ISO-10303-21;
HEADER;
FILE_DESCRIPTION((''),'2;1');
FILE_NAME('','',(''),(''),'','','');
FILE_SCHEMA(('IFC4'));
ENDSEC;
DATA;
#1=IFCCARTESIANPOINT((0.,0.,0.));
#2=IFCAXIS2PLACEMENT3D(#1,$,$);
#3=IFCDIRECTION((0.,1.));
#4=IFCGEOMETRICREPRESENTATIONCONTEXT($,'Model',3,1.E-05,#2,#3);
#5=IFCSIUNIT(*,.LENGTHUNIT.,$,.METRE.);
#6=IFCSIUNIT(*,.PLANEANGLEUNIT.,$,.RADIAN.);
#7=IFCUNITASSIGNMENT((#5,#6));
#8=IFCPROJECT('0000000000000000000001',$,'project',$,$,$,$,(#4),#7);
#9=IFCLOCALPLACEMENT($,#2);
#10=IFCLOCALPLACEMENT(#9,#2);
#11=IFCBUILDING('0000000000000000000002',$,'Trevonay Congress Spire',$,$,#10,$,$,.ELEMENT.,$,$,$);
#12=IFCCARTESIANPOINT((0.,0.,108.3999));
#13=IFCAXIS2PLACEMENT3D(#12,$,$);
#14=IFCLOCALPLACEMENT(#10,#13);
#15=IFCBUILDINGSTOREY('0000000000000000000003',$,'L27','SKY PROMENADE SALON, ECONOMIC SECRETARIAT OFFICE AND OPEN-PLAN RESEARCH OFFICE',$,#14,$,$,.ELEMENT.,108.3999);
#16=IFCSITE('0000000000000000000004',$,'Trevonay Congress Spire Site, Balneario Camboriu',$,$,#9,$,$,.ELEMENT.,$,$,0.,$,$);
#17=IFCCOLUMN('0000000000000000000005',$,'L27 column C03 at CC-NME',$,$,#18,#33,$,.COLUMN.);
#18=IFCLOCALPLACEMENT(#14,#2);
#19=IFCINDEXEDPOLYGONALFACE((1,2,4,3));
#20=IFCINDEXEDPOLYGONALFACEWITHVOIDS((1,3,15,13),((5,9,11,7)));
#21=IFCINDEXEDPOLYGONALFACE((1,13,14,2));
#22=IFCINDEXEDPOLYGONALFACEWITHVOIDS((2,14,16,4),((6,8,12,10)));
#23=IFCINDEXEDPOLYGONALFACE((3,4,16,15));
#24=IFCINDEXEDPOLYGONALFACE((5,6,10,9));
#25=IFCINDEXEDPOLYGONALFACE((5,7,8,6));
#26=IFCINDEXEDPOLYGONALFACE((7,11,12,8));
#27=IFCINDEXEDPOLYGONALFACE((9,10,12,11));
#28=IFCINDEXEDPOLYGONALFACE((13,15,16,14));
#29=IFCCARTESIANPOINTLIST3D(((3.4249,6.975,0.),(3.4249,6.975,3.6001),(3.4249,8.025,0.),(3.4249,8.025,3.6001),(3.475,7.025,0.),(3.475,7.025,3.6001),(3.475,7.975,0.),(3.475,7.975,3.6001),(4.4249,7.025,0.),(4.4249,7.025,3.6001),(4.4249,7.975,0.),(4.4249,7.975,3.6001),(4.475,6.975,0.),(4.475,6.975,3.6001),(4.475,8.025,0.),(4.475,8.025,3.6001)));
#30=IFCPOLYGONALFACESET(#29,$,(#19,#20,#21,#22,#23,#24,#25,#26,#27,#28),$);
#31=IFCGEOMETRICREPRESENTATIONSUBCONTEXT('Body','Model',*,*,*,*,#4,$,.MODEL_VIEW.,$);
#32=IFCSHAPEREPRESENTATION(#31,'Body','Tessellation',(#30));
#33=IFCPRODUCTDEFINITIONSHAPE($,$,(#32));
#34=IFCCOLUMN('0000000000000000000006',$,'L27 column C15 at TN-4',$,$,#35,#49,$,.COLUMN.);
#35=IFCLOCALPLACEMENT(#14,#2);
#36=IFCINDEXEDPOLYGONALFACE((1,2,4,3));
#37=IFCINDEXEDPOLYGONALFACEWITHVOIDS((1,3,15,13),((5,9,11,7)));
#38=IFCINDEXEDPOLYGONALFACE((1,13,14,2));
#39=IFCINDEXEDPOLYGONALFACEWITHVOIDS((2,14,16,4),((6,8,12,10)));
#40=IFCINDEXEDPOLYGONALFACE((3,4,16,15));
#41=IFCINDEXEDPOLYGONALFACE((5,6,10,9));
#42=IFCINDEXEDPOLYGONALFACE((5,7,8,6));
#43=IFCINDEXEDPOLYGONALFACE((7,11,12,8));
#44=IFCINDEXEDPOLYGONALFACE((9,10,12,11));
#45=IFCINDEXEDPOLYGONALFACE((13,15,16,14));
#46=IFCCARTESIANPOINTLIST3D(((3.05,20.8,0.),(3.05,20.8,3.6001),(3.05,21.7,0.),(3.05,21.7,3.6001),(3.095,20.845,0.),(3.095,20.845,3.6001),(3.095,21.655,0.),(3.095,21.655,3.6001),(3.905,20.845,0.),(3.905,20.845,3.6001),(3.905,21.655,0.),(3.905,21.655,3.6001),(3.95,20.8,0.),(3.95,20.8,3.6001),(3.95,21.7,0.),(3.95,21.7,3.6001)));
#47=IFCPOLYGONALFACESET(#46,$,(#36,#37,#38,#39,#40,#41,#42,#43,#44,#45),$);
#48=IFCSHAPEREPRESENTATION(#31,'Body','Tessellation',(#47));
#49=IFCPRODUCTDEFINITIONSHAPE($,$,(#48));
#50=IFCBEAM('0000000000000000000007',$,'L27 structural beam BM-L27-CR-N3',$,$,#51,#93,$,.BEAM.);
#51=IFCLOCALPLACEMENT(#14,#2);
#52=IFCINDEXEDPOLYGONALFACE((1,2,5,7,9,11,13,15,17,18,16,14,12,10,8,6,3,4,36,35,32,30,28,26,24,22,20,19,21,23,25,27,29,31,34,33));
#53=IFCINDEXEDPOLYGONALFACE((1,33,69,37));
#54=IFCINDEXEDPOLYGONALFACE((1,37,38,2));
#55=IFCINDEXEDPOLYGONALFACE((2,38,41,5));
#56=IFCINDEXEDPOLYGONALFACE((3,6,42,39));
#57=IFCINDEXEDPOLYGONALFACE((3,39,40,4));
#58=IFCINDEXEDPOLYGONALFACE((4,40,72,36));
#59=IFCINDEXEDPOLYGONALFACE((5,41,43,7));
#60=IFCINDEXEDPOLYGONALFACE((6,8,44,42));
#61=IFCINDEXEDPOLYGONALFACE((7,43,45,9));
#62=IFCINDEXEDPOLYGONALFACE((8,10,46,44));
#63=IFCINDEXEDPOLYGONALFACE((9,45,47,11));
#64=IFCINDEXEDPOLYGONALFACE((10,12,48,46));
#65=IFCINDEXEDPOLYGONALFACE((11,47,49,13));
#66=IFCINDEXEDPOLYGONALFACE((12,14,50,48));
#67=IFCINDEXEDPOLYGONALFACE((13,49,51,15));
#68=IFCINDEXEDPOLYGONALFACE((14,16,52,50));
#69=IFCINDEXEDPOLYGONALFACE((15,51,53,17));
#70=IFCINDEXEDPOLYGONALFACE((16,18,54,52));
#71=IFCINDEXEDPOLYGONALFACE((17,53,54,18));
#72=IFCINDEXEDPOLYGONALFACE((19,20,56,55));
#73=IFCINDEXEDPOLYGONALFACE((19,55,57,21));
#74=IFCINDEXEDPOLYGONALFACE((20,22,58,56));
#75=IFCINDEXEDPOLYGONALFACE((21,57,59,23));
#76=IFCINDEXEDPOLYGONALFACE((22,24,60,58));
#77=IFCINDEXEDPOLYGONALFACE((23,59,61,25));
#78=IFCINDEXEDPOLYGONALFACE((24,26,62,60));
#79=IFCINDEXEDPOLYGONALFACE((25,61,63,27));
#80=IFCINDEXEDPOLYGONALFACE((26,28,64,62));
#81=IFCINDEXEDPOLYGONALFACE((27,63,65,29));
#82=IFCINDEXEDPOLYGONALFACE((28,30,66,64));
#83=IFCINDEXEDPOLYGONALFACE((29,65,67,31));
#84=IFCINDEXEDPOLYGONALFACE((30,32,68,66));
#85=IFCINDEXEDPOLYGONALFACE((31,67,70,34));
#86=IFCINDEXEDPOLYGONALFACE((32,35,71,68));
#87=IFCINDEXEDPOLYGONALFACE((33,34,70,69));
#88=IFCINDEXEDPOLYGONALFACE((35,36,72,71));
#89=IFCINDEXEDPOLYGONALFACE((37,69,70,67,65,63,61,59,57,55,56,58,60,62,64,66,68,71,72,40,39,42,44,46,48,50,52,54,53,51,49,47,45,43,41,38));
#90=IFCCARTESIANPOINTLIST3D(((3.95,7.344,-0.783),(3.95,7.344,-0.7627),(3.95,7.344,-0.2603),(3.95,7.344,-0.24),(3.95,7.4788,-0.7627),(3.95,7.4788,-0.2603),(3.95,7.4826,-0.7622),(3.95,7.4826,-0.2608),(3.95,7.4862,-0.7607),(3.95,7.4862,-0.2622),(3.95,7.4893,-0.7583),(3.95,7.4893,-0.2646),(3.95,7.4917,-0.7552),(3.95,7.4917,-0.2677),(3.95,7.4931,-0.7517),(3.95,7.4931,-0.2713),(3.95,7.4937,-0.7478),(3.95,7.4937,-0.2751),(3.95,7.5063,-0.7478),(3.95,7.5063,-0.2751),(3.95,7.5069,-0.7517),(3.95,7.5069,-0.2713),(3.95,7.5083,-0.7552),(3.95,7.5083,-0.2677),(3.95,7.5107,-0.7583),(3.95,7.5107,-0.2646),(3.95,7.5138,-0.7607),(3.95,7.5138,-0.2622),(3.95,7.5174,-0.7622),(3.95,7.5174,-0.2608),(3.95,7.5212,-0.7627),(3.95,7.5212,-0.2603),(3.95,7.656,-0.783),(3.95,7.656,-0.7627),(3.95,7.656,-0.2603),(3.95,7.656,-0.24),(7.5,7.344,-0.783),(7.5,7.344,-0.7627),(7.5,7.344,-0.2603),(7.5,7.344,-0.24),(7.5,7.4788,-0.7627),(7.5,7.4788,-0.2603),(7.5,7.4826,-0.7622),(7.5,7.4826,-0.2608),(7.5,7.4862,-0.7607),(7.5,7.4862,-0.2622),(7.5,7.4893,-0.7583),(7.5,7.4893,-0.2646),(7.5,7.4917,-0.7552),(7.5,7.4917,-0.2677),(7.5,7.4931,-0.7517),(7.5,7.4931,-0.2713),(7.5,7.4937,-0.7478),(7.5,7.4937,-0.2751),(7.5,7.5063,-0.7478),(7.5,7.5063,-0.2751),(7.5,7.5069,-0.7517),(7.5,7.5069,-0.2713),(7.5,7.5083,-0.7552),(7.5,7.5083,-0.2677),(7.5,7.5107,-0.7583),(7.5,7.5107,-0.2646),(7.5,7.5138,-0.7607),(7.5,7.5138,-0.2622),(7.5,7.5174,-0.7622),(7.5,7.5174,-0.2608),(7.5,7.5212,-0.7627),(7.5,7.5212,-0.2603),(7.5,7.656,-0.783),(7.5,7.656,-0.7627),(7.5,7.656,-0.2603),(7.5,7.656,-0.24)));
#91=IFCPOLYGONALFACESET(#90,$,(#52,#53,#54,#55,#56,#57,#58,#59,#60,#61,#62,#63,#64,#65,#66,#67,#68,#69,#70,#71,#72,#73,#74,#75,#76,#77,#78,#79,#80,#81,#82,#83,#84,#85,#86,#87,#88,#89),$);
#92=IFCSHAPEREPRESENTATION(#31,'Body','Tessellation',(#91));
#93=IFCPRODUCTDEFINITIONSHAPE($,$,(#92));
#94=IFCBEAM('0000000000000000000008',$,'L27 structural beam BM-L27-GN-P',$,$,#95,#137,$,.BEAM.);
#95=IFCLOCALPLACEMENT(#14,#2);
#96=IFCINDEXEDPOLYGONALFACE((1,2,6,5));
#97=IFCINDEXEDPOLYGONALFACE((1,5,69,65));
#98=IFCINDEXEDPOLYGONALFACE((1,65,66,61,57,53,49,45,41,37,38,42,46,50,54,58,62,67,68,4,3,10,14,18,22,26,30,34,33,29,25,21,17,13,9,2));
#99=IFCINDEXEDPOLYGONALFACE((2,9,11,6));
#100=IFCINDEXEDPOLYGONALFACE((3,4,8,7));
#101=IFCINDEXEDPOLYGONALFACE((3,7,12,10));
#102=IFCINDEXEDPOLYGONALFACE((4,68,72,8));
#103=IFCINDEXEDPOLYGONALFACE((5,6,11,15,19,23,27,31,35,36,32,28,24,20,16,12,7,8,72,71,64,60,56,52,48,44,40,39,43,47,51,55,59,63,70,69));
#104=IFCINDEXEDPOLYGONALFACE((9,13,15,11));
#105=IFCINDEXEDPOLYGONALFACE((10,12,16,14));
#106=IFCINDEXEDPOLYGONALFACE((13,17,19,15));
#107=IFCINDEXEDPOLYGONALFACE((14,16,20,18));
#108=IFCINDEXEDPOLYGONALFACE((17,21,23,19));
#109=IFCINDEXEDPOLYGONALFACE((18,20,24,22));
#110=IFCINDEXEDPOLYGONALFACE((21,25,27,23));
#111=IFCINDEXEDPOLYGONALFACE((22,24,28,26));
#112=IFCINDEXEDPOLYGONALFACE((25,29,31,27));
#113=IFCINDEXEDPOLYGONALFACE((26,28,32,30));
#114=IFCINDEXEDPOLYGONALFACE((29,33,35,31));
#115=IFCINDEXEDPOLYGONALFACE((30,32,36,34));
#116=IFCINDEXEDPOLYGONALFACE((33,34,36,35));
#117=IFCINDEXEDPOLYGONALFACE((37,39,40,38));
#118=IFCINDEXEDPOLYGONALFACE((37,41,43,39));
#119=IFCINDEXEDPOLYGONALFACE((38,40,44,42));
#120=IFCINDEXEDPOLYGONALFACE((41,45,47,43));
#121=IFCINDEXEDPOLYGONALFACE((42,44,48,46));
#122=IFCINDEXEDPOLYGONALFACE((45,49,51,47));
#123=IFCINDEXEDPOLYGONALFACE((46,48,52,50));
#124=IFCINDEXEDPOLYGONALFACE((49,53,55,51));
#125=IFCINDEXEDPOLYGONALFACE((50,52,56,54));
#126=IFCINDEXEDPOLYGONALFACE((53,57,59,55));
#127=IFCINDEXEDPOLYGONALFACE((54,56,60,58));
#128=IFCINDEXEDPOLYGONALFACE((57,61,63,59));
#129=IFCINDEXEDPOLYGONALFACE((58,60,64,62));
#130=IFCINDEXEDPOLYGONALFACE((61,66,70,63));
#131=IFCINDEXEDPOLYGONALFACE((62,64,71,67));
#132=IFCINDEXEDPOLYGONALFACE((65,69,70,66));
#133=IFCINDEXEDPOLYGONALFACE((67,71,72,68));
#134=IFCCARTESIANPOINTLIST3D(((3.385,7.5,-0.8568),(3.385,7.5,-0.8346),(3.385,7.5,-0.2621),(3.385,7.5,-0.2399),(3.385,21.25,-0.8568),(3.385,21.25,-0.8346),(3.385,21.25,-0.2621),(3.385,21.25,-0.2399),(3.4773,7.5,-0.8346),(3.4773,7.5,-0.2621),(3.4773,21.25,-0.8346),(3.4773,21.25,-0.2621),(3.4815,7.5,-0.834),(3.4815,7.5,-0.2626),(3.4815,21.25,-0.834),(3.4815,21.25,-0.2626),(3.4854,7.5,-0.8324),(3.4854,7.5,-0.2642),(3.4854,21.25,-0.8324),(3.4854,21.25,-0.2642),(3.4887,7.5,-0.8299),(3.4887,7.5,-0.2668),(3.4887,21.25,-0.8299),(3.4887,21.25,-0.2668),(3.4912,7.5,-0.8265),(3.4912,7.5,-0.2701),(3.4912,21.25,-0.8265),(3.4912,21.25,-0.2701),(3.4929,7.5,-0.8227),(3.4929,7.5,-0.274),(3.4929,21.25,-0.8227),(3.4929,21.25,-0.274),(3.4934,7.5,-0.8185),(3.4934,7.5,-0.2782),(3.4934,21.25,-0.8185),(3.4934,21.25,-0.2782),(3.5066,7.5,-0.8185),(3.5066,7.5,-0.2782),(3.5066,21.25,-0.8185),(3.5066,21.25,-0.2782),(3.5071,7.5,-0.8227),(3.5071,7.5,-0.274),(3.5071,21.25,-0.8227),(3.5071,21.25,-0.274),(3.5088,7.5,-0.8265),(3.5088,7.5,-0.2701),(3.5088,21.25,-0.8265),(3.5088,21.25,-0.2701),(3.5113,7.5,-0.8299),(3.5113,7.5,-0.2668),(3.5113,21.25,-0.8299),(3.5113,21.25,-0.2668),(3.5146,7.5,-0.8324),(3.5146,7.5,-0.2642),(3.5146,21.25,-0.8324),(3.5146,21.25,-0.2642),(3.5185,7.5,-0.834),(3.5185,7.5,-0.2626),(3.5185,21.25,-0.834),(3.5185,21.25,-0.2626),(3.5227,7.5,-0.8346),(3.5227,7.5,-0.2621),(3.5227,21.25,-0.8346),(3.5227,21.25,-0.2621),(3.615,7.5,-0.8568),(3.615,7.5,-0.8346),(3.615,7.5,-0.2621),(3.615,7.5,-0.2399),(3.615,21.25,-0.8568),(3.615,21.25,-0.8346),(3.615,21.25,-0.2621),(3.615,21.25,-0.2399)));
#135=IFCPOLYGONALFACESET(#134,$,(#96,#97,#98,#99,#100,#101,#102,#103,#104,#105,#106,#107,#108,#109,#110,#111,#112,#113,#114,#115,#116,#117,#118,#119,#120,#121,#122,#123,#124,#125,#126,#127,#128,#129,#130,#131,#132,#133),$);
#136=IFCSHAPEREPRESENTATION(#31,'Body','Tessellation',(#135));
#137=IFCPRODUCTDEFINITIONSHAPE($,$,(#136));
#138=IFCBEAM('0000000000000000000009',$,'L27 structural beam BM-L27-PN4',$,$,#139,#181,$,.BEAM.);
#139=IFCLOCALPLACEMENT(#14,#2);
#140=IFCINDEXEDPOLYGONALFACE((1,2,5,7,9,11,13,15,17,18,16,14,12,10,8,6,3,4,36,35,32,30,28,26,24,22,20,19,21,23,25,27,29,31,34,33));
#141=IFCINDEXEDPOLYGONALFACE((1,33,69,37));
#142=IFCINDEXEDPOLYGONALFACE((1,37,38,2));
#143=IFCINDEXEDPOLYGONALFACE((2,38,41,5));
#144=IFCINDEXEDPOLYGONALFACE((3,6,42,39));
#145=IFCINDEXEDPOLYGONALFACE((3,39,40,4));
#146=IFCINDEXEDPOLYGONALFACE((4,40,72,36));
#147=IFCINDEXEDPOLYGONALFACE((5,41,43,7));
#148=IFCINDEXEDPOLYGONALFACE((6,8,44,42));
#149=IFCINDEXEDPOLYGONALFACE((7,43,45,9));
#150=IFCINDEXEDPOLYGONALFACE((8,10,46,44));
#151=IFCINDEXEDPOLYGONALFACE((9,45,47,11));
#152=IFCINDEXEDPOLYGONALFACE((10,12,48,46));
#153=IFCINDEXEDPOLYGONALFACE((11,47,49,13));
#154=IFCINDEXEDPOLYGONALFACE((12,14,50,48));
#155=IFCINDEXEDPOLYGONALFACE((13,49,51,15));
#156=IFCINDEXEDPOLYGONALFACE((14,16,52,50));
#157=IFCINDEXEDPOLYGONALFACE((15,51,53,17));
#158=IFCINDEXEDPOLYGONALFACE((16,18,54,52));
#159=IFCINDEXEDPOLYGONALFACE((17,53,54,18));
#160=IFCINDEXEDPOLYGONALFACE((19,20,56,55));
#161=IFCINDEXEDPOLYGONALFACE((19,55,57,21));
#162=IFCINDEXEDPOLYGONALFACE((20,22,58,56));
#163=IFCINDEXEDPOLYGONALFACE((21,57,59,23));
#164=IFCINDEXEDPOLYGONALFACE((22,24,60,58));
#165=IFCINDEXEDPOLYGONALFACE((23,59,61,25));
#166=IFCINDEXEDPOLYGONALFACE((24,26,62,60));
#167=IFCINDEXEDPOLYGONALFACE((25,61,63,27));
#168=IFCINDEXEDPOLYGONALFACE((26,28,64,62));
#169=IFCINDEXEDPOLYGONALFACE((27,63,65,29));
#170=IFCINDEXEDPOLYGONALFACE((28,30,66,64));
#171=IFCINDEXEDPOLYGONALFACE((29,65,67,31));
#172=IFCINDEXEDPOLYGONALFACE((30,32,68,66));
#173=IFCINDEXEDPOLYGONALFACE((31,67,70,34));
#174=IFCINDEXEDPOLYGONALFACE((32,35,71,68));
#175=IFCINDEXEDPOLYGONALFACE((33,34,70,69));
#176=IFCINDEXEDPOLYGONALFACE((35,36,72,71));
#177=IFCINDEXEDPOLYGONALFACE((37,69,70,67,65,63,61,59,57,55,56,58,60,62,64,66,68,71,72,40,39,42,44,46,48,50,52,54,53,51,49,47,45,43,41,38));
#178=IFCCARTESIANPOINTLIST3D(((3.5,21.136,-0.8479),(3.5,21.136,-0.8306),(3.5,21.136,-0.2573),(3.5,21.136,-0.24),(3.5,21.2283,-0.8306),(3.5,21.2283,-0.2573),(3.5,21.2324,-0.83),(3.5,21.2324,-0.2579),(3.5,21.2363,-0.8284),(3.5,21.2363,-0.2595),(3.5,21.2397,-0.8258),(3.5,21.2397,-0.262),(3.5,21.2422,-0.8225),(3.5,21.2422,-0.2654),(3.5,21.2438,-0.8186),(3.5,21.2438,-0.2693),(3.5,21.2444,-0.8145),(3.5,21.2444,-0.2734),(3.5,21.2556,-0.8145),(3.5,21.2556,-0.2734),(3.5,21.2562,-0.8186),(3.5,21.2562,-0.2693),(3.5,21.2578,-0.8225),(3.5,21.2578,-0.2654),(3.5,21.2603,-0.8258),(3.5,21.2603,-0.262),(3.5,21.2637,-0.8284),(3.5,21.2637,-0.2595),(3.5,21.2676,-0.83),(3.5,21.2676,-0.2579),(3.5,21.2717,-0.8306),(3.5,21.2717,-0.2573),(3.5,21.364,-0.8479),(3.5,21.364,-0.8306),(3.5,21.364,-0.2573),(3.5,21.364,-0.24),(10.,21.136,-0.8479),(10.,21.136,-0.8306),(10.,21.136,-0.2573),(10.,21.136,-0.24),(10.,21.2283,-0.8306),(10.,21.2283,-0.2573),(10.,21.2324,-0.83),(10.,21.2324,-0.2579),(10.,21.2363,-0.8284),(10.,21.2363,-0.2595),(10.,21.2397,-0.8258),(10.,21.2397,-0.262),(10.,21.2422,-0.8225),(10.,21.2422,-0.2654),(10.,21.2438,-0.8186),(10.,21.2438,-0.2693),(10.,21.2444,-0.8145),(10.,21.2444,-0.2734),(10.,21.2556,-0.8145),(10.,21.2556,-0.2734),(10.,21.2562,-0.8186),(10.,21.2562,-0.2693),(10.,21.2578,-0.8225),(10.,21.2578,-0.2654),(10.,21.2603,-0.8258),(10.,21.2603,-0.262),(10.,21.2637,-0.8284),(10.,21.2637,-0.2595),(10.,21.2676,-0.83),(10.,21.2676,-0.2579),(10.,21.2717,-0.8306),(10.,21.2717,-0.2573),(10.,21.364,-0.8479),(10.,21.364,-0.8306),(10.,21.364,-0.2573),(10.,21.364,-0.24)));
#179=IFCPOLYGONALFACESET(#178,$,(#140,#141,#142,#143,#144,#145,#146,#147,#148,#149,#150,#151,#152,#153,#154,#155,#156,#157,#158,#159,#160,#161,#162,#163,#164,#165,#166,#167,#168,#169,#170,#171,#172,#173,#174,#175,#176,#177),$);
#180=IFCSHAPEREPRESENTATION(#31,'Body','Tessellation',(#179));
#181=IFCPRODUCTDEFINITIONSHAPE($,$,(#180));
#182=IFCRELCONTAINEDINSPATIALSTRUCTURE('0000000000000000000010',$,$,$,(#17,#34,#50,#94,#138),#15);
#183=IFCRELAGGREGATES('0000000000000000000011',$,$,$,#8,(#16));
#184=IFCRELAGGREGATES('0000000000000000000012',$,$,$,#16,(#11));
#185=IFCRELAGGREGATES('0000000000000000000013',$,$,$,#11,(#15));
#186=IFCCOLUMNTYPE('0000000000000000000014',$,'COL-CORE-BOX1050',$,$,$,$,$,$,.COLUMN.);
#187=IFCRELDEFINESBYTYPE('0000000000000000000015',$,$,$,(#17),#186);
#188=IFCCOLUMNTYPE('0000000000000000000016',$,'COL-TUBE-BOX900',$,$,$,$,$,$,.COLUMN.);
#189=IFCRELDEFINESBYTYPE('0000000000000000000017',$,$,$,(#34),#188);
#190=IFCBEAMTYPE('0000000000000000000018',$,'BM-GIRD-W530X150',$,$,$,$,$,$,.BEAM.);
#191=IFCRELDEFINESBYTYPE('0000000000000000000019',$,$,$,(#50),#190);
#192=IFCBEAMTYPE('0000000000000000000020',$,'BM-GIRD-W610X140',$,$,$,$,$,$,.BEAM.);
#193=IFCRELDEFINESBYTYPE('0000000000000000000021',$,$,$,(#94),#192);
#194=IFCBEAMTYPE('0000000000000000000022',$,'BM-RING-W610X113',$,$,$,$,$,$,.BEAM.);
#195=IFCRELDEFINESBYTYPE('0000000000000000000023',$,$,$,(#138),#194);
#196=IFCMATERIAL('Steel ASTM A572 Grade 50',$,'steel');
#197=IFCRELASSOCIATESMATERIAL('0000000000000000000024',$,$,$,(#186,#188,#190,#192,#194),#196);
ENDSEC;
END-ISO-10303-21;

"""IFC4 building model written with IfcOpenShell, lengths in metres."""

from ifc_helpers import new_model, si_unit, direction, frame, origin, origin_2d, place, context, subcontext, project, spatial, hollow_rectangle, i_section, extrude, material, material_profile, profile_set, type_object, element, save


model = new_model("IFC4")

# Units and contexts
model_context = context("Model", 3, precision=1e-05, world=origin(), true_north=direction((0.0, 1.0)))
body_context = subcontext(model_context, "Body", "Model", "MODEL_VIEW")
ifc_project = project(units=[si_unit("LENGTHUNIT", "METRE"), si_unit("PLANEANGLEUNIT", "RADIAN")], contexts=[model_context])

# Site, building, storey
site_placement = place(None, origin())
site = spatial("IfcSite", under=ifc_project, at=site_placement, Name="Trevonay Congress Spire Site, Balneario Camboriu", CompositionType="ELEMENT", RefElevation=0.0)
building_placement = place(site_placement, origin())
building = spatial("IfcBuilding", under=site, at=building_placement, Name="Trevonay Congress Spire", CompositionType="ELEMENT")
storey_placement = place(building_placement, frame((0.0, 0.0, 108.3999)))
storey = spatial("IfcBuildingStorey", under=building, at=storey_placement, Name="L27", Description="SKY PROMENADE SALON, ECONOMIC SECRETARIAT OFFICE AND OPEN-PLAN RESEARCH OFFICE", CompositionType="ELEMENT", Elevation=108.3999)

# Columns
ifc_material_1 = material(Name="Steel ASTM A572 Grade 50", Category="steel")
ifc_material_profile_1 = material_profile(ifc_material_1, hollow_rectangle(XDim=1.05, YDim=1.05, WallThickness=0.05, at=origin_2d()), Name="BOX 1050x1050x50")
ifc_profile_set_1 = profile_set([ifc_material_profile_1], Name="Steel ASTM A572 Grade 50")
column_type_1 = type_object("IfcColumnType", Name="COL-CORE-BOX1050", PredefinedType="COLUMN", material=ifc_profile_set_1)
column_1_placement = place(storey_placement, frame((3.95, 7.5, 0.0), z_axis=(0.0, 0.0, 1.0), x_axis=(1.0, 0.0, 0.0)))
element("IfcColumn", 1, at=column_1_placement, inside=storey, type_object=column_type_1, Name="L27 column C03 at CC-NME", PredefinedType="COLUMN", context=body_context, shape_type="SweptSolid", body=[
    extrude(hollow_rectangle(XDim=1.05, YDim=1.05, WallThickness=0.05, at=origin_2d()), origin(), (0.0, 0.0, 1.0), 3.6001),
])
ifc_material_profile_2 = material_profile(ifc_material_1, hollow_rectangle(XDim=0.8999, YDim=0.8999, WallThickness=0.0449, at=origin_2d()), Name="BOX 900x900x45")
ifc_profile_set_2 = profile_set([ifc_material_profile_2], Name="Steel ASTM A572 Grade 50")
column_type_2 = type_object("IfcColumnType", Name="COL-TUBE-BOX900", PredefinedType="COLUMN", material=ifc_profile_set_2)
column_2_placement = place(storey_placement, frame((3.5, 21.25, 0.0), z_axis=(0.0, 0.0, 1.0), x_axis=(1.0, 0.0, 0.0)))
element("IfcColumn", 2, at=column_2_placement, inside=storey, type_object=column_type_2, Name="L27 column C15 at TN-4", PredefinedType="COLUMN", context=body_context, shape_type="SweptSolid", body=[
    extrude(hollow_rectangle(XDim=0.8999, YDim=0.8999, WallThickness=0.0449, at=origin_2d()), origin(), (0.0, 0.0, 1.0), 3.6001),
])

# Beams
ifc_material_profile_3 = material_profile(ifc_material_1, i_section(OverallWidth=0.312, OverallDepth=0.543, WebThickness=0.0127, FlangeThickness=0.0203, FilletRadius=0.0149, at=origin_2d()), Name="W530x150")
ifc_profile_set_3 = profile_set([ifc_material_profile_3], Name="Steel ASTM A572 Grade 50")
beam_type_1 = type_object("IfcBeamType", Name="BM-GIRD-W530X150", PredefinedType="BEAM", material=ifc_profile_set_3)
beam_1_placement = place(storey_placement, frame((3.95, 7.5, -0.5115), z_axis=(1.0, 0.0, 0.0), x_axis=(0.0, 1.0, 0.0)))
element("IfcBeam", 3, at=beam_1_placement, inside=storey, type_object=beam_type_1, Name="L27 structural beam BM-L27-CR-N3", PredefinedType="BEAM", context=body_context, shape_type="SweptSolid", body=[
    extrude(i_section(OverallWidth=0.312, OverallDepth=0.543, WebThickness=0.0127, FlangeThickness=0.0203, FilletRadius=0.0149, at=origin_2d()), origin(), (0.0, 0.0, 1.0), 3.55),
])
ifc_material_profile_4 = material_profile(ifc_material_1, i_section(OverallWidth=0.23, OverallDepth=0.6169, WebThickness=0.0132, FlangeThickness=0.0222, FilletRadius=0.0161, at=origin_2d()), Name="W610x140")
ifc_profile_set_4 = profile_set([ifc_material_profile_4], Name="Steel ASTM A572 Grade 50")
beam_type_2 = type_object("IfcBeamType", Name="BM-GIRD-W610X140", PredefinedType="BEAM", material=ifc_profile_set_4)
beam_2_placement = place(storey_placement, frame((3.5, 7.5, -0.5483), z_axis=(0.0, 1.0, 0.0), x_axis=(-1.0, 0.0, 0.0)))
element("IfcBeam", 4, at=beam_2_placement, inside=storey, type_object=beam_type_2, Name="L27 structural beam BM-L27-GN-P", PredefinedType="BEAM", context=body_context, shape_type="SweptSolid", body=[
    extrude(i_section(OverallWidth=0.23, OverallDepth=0.6169, WebThickness=0.0132, FlangeThickness=0.0222, FilletRadius=0.0161, at=origin_2d()), origin(), (0.0, 0.0, 1.0), 13.75),
])
ifc_material_profile_5 = material_profile(ifc_material_1, i_section(OverallWidth=0.228, OverallDepth=0.6079, WebThickness=0.0112, FlangeThickness=0.0173, FilletRadius=0.0161, at=origin_2d()), Name="W610x113")
ifc_profile_set_5 = profile_set([ifc_material_profile_5], Name="Steel ASTM A572 Grade 50")
beam_type_3 = type_object("IfcBeamType", Name="BM-RING-W610X113", PredefinedType="BEAM", material=ifc_profile_set_5)
beam_3_placement = place(storey_placement, frame((3.5, 21.25, -0.5439), z_axis=(1.0, 0.0, 0.0), x_axis=(0.0, 1.0, 0.0)))
element("IfcBeam", 5, at=beam_3_placement, inside=storey, type_object=beam_type_3, Name="L27 structural beam BM-L27-PN4", PredefinedType="BEAM", context=body_context, shape_type="SweptSolid", body=[
    extrude(i_section(OverallWidth=0.228, OverallDepth=0.6079, WebThickness=0.0112, FlangeThickness=0.0173, FilletRadius=0.0161, at=origin_2d()), origin(), (0.0, 0.0, 1.0), 6.5),
])

save(model, "model.ifc")
